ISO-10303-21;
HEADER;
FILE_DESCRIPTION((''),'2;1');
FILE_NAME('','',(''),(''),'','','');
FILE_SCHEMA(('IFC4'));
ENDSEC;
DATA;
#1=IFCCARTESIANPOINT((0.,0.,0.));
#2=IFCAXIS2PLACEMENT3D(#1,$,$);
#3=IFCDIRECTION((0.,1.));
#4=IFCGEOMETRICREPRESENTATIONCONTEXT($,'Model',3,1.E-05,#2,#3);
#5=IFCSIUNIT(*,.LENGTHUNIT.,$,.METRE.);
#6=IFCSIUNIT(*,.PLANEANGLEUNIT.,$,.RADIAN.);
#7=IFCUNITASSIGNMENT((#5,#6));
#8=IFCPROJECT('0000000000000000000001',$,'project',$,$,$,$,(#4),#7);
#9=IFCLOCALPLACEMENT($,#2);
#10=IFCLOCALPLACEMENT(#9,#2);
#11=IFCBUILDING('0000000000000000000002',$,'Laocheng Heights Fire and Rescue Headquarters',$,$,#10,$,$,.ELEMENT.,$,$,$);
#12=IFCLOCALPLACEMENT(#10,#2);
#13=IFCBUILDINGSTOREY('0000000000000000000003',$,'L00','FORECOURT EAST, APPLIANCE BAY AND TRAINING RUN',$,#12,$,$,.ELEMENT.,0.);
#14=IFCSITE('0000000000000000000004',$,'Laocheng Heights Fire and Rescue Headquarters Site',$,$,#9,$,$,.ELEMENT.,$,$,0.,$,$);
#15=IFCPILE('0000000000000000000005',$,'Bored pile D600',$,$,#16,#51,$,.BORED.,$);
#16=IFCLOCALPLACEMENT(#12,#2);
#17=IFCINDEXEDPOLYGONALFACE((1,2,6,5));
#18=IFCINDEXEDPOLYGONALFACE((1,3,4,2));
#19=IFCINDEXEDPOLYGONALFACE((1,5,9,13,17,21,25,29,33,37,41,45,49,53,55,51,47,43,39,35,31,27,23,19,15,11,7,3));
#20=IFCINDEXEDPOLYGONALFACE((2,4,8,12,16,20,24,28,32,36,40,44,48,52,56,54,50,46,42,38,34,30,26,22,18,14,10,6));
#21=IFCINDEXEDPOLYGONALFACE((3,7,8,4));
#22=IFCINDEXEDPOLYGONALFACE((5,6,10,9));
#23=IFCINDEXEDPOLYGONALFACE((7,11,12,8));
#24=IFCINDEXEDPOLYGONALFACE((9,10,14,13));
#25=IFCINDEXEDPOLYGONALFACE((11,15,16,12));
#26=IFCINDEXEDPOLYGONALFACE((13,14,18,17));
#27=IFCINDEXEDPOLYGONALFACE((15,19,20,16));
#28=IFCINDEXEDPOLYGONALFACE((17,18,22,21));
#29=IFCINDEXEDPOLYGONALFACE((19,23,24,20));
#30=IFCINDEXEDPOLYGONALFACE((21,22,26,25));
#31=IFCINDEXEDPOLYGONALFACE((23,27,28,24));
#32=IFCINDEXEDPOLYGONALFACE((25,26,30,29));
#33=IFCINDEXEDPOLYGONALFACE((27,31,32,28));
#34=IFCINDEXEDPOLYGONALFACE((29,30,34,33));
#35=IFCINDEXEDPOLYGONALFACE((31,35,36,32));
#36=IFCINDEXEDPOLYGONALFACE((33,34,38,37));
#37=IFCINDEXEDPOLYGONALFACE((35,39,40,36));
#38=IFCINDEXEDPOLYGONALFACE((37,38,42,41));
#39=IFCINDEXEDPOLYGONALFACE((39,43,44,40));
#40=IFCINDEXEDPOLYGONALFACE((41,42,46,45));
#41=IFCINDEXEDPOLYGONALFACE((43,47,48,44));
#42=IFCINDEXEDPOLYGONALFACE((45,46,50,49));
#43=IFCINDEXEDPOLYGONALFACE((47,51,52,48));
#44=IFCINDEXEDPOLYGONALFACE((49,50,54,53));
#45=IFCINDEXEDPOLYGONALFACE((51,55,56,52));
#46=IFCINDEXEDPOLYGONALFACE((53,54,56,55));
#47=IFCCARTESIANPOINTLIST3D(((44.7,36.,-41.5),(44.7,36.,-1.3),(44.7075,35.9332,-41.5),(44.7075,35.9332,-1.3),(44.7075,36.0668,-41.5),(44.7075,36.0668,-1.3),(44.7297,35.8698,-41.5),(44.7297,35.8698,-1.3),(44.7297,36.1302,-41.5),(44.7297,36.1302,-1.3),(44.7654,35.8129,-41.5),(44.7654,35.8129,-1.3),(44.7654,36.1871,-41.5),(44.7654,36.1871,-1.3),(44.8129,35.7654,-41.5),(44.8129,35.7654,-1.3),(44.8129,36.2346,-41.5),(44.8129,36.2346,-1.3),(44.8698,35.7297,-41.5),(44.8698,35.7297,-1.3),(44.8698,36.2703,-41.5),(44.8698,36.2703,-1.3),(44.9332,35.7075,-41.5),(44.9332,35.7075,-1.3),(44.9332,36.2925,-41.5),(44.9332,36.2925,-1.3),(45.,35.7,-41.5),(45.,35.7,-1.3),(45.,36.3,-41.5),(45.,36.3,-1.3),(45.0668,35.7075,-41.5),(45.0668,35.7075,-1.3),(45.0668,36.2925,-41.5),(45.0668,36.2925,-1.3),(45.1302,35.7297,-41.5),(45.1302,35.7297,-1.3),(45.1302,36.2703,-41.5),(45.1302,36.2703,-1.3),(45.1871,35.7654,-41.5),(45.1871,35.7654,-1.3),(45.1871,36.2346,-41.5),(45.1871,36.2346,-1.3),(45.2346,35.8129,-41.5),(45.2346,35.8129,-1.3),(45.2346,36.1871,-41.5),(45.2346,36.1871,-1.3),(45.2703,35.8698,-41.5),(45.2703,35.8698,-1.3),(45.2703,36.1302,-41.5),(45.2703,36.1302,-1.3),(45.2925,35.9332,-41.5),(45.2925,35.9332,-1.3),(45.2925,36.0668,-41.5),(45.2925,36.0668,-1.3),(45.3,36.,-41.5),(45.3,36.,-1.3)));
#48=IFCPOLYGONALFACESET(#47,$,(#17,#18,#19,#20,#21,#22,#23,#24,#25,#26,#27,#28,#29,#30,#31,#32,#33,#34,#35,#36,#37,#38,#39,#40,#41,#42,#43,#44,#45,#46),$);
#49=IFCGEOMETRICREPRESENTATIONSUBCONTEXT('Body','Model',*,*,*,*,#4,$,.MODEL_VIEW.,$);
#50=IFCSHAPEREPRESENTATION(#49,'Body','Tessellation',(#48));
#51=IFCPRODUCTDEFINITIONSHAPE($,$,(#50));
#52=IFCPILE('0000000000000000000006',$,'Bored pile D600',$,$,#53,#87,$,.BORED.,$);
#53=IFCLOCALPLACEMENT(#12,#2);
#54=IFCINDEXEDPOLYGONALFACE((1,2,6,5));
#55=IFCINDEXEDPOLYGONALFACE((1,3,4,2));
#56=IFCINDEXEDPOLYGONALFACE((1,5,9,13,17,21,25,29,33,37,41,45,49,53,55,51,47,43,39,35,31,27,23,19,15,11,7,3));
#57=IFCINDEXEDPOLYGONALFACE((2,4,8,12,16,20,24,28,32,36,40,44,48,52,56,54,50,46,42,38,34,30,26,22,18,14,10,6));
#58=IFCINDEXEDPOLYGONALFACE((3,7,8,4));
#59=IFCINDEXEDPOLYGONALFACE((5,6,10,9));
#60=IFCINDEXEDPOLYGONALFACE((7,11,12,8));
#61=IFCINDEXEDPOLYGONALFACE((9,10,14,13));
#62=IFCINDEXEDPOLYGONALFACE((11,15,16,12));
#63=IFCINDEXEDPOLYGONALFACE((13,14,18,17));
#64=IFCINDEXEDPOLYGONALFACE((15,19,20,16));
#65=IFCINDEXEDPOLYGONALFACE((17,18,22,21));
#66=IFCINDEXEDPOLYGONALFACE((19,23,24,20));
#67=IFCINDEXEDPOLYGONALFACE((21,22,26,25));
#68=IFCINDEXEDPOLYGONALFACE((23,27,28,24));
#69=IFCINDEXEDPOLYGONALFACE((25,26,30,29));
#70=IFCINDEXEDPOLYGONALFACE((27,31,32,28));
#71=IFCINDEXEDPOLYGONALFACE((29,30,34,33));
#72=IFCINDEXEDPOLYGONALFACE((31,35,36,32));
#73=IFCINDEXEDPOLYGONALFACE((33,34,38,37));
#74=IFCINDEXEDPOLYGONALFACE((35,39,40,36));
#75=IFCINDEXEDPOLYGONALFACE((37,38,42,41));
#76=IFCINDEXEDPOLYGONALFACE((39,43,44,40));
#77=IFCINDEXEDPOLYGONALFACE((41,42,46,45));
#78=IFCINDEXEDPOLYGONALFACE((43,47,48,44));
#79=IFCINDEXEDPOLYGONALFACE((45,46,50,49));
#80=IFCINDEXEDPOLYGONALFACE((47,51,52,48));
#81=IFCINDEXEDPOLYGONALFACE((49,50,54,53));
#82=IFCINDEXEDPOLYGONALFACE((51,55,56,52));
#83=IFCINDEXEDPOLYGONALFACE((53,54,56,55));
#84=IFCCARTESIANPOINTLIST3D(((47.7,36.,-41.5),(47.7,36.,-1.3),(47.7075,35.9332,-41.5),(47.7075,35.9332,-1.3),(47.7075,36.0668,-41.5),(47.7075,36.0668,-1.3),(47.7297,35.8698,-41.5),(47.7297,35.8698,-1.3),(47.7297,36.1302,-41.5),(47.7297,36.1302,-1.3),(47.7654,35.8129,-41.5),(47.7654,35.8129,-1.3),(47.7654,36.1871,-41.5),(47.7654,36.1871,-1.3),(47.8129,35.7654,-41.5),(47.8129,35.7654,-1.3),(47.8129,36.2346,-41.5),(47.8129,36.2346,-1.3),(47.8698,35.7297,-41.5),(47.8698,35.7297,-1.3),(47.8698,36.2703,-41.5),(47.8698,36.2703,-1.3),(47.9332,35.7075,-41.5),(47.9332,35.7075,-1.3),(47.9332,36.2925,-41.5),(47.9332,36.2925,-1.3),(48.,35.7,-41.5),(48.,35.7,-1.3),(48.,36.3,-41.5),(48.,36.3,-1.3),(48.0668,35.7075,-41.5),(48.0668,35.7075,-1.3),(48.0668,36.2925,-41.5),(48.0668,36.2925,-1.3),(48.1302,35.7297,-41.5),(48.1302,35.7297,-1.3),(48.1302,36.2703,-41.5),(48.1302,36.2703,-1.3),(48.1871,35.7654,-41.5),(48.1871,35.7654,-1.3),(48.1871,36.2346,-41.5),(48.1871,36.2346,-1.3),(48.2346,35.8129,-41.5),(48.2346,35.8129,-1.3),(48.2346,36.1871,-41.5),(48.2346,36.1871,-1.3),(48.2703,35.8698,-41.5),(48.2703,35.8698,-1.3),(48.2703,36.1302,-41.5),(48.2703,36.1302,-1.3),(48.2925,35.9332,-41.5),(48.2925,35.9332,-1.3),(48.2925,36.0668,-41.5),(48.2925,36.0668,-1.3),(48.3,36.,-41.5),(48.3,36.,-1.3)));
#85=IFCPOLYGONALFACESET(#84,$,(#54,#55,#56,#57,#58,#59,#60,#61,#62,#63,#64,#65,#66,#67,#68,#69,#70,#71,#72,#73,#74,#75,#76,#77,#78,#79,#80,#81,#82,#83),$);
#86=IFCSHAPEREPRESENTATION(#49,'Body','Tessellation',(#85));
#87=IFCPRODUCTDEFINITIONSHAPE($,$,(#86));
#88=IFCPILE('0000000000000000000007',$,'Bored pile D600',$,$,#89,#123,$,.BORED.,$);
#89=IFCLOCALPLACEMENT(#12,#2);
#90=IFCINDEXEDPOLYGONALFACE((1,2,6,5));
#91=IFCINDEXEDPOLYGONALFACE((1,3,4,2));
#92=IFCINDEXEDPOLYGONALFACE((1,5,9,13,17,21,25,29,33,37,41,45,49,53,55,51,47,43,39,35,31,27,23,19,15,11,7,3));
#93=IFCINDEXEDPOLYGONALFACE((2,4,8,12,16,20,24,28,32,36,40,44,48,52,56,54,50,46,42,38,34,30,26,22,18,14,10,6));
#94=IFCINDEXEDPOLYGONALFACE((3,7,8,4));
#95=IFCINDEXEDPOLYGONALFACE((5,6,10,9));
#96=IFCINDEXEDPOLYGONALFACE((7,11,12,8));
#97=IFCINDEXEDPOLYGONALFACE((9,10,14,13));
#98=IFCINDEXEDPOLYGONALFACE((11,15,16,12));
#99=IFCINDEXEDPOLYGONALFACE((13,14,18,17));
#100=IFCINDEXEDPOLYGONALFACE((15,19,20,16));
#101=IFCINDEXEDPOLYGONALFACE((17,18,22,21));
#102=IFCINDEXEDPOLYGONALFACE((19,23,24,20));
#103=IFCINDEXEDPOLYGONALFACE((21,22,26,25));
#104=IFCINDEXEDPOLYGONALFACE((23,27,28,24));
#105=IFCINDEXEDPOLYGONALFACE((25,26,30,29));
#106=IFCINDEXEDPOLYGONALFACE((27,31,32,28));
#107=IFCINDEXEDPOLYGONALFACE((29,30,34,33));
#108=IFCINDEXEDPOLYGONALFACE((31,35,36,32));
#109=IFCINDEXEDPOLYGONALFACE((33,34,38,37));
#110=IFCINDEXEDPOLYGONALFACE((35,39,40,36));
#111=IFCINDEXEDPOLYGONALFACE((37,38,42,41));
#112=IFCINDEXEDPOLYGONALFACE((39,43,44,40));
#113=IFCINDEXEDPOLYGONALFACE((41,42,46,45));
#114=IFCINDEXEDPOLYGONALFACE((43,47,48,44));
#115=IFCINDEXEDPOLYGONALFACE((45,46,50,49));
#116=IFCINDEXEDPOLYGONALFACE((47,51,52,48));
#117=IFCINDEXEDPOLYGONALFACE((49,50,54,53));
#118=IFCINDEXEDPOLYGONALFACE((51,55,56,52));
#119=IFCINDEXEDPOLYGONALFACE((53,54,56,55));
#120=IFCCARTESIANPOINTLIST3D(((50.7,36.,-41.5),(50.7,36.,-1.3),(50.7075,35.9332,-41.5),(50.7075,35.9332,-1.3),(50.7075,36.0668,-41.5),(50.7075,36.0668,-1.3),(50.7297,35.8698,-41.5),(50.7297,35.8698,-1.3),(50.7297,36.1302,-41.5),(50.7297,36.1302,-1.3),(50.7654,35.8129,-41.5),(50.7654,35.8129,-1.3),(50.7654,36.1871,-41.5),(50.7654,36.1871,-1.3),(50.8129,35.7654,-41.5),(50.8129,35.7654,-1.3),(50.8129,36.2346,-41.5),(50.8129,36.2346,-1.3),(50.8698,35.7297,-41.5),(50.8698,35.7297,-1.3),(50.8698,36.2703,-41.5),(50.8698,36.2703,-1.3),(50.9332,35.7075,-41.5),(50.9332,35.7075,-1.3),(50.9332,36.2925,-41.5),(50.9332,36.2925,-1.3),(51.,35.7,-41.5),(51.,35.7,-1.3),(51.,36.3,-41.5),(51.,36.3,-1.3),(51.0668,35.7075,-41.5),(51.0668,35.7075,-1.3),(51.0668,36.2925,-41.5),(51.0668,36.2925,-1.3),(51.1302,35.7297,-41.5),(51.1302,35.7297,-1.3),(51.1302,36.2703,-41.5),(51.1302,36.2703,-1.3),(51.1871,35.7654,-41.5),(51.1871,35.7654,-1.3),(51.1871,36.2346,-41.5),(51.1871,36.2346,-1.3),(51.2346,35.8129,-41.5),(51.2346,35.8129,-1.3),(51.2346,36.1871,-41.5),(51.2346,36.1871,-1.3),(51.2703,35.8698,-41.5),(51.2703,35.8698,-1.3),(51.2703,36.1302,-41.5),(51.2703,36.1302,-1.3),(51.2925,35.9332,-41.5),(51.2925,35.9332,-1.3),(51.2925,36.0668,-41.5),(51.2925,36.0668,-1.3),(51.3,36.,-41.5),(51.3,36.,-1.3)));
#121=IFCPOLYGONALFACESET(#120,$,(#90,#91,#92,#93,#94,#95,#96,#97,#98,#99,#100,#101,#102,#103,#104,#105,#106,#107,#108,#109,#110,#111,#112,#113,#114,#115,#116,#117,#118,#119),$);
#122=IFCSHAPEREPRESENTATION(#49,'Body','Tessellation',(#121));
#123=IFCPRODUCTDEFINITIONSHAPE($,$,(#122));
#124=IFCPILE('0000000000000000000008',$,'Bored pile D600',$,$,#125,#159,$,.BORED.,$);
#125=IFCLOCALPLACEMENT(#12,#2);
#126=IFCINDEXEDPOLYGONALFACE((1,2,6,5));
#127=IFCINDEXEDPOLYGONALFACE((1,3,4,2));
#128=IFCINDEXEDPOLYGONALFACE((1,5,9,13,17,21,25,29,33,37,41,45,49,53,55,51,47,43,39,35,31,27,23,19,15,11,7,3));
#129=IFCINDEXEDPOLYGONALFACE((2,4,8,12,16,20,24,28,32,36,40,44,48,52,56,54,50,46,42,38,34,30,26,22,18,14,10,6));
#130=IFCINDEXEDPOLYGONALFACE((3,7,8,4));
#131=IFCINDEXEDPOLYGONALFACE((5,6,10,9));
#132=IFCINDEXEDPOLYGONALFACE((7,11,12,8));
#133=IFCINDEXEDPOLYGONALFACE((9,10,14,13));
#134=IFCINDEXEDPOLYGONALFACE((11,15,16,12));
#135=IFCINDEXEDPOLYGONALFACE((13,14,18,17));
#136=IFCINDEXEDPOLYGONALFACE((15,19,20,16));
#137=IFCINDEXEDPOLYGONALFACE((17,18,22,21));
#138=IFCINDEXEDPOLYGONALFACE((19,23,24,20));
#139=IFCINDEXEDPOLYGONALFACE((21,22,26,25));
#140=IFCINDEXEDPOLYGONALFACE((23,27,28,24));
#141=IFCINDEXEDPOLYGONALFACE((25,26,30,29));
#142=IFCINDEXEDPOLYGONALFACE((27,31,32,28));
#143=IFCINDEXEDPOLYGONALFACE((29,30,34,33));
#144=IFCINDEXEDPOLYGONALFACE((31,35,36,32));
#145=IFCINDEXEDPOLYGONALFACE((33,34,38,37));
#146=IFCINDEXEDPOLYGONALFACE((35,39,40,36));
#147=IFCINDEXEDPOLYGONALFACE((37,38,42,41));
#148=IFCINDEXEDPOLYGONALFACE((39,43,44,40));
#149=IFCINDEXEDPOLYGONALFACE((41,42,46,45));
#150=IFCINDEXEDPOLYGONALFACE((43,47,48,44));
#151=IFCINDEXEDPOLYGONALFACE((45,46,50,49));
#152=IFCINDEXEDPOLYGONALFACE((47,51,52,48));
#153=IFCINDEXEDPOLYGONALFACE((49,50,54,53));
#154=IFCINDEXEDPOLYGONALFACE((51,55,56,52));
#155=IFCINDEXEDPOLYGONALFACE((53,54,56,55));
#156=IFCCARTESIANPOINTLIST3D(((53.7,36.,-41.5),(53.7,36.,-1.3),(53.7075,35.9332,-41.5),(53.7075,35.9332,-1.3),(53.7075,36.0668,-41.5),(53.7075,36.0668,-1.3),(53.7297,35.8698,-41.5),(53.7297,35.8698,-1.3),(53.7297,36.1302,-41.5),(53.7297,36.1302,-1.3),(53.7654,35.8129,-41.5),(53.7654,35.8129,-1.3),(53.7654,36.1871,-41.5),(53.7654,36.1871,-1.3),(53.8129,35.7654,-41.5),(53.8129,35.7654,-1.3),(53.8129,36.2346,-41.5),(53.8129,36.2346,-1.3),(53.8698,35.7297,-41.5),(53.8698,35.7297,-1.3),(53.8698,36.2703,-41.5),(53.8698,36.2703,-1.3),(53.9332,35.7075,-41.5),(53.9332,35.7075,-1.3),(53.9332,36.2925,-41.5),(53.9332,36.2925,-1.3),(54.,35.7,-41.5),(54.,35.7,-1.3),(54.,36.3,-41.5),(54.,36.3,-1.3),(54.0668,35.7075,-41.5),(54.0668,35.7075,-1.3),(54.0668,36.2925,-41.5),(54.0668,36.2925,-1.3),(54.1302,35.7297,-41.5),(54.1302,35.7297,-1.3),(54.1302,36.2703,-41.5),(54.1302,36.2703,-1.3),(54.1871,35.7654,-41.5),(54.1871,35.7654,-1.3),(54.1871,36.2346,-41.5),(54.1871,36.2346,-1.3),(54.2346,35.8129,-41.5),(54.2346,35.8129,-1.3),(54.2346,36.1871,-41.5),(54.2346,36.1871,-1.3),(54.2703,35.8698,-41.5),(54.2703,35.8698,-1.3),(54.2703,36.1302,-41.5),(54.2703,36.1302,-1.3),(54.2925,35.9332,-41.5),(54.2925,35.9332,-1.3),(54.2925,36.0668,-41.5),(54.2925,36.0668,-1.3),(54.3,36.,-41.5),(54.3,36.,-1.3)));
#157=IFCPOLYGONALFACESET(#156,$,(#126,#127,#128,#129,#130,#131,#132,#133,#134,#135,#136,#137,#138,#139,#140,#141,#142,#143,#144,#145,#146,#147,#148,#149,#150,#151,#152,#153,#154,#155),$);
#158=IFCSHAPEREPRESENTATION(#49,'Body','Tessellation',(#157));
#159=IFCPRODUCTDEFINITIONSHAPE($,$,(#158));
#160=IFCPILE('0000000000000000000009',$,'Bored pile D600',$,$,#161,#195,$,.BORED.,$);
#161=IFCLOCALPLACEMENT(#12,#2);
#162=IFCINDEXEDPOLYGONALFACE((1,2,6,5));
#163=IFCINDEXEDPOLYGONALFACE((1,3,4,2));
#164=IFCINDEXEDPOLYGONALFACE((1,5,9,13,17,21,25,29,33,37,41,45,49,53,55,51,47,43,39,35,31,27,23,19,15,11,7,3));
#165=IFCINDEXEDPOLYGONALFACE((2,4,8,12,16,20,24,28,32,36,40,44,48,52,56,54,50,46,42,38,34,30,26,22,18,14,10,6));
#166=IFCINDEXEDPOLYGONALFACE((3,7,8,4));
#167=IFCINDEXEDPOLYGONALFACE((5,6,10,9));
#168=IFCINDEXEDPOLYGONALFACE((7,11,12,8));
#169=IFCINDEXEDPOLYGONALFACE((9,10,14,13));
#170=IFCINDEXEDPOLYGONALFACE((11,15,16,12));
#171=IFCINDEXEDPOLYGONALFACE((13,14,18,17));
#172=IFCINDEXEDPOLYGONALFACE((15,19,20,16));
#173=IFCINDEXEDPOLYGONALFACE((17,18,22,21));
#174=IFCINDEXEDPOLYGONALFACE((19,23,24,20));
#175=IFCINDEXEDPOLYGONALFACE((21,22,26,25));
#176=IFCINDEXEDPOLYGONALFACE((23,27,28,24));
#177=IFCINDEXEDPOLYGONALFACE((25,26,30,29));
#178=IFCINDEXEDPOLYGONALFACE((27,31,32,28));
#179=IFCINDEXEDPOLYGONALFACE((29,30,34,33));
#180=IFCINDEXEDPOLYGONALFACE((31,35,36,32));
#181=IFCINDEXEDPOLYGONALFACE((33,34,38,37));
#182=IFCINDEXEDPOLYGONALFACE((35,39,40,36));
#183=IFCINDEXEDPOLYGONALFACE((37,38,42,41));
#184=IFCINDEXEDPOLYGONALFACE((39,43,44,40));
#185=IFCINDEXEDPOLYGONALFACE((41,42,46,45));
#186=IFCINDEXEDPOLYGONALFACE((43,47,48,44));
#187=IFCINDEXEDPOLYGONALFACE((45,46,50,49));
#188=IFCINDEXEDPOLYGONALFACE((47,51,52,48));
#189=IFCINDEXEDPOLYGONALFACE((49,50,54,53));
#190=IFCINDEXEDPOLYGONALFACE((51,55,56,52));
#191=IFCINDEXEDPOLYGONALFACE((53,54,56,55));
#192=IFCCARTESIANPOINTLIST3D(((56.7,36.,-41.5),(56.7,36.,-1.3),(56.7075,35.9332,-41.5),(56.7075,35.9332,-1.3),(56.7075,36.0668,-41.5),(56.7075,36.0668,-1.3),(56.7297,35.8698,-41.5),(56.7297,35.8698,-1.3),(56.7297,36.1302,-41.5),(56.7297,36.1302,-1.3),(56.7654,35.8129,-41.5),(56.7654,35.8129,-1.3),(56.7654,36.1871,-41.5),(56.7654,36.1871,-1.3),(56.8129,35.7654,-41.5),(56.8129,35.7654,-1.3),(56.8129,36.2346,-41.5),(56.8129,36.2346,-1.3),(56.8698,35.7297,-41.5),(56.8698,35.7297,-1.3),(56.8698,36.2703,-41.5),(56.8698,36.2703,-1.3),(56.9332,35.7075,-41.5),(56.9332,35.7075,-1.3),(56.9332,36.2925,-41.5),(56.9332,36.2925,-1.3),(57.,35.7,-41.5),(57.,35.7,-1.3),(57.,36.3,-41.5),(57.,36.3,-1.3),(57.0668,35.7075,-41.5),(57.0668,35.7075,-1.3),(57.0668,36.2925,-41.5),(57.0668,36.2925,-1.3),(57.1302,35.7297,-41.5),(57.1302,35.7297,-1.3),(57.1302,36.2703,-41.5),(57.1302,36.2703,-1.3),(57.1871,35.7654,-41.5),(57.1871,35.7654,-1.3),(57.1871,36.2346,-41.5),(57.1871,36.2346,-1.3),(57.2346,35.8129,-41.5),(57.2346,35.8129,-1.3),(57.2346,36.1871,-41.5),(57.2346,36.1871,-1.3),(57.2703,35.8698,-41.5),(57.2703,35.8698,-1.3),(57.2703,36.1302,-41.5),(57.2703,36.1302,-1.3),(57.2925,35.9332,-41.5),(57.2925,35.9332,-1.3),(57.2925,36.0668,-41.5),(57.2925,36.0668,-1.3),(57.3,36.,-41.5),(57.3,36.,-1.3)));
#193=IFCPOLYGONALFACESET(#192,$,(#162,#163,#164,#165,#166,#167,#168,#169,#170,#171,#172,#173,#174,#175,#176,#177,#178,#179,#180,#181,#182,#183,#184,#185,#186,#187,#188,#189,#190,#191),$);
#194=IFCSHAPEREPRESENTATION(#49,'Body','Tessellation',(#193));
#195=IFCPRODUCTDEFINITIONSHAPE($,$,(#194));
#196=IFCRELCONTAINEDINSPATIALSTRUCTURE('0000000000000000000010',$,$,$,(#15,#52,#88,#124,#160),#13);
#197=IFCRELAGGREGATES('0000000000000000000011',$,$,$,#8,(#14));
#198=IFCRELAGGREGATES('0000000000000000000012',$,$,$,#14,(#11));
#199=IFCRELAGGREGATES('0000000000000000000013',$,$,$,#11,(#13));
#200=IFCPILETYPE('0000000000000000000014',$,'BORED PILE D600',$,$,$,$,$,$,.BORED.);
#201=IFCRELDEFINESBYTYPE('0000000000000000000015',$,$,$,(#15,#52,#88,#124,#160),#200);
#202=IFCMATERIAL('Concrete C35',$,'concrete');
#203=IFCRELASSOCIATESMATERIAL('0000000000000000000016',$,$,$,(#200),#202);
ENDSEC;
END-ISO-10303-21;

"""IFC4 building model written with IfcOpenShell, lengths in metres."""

from ifc_helpers import new_model, si_unit, direction, frame, origin, origin_2d, place, context, subcontext, project, spatial, circle, extrude, material, material_profile, profile_set, type_object, element, save


model = new_model("IFC4")

# Units and contexts
model_context = context("Model", 3, precision=1e-05, world=origin(), true_north=direction((0.0, 1.0)))
body_context = subcontext(model_context, "Body", "Model", "MODEL_VIEW")
ifc_project = project(units=[si_unit("LENGTHUNIT", "METRE"), si_unit("PLANEANGLEUNIT", "RADIAN")], contexts=[model_context])

# Site, building, storey
site_placement = place(None, origin())
site = spatial("IfcSite", under=ifc_project, at=site_placement, Name="Laocheng Heights Fire and Rescue Headquarters Site", CompositionType="ELEMENT", RefElevation=0.0)
building_placement = place(site_placement, origin())
building = spatial("IfcBuilding", under=site, at=building_placement, Name="Laocheng Heights Fire and Rescue Headquarters", CompositionType="ELEMENT")
storey_placement = place(building_placement, origin())
storey = spatial("IfcBuildingStorey", under=building, at=storey_placement, Name="L00", Description="FORECOURT EAST, APPLIANCE BAY AND TRAINING RUN", CompositionType="ELEMENT", Elevation=0.0)

# Piles
ifc_material_1 = material(Name="Concrete C35", Category="concrete")
ifc_material_profile_1 = material_profile(ifc_material_1, circle(Radius=0.3, at=origin_2d()), Name="BORED PILE D600")
ifc_profile_set_1 = profile_set([ifc_material_profile_1], Name="Concrete C35")
pile_type_1 = type_object("IfcPileType", Name="BORED PILE D600", PredefinedType="BORED", material=ifc_profile_set_1)
for number, where, z_axis, x_axis, name in (
    (1, (45.0, 36.0, -1.3), (0.0, 0.0, -1.0), (1.0, 0.0, 0.0), "Bored pile D600"),
    (2, (48.0, 36.0, -1.3), (0.0, 0.0, -1.0), (1.0, 0.0, 0.0), "Bored pile D600"),
    (3, (51.0, 36.0, -1.3), (0.0, 0.0, -1.0), (1.0, 0.0, 0.0), "Bored pile D600"),
    (4, (54.0, 36.0, -1.3), (0.0, 0.0, -1.0), (1.0, 0.0, 0.0), "Bored pile D600"),
    (5, (57.0, 36.0, -1.3), (0.0, 0.0, -1.0), (1.0, 0.0, 0.0), "Bored pile D600"),
):
    element("IfcPile", number, at=place(storey_placement, frame(where, z_axis=z_axis, x_axis=x_axis)), inside=storey, type_object=pile_type_1, Name=name, PredefinedType="BORED", context=body_context, shape_type="SweptSolid", body=[
        extrude(circle(Radius=0.3, at=origin_2d()), origin(), (0.0, 0.0, 1.0), 40.2),
    ])

save(model, "model.ifc")
